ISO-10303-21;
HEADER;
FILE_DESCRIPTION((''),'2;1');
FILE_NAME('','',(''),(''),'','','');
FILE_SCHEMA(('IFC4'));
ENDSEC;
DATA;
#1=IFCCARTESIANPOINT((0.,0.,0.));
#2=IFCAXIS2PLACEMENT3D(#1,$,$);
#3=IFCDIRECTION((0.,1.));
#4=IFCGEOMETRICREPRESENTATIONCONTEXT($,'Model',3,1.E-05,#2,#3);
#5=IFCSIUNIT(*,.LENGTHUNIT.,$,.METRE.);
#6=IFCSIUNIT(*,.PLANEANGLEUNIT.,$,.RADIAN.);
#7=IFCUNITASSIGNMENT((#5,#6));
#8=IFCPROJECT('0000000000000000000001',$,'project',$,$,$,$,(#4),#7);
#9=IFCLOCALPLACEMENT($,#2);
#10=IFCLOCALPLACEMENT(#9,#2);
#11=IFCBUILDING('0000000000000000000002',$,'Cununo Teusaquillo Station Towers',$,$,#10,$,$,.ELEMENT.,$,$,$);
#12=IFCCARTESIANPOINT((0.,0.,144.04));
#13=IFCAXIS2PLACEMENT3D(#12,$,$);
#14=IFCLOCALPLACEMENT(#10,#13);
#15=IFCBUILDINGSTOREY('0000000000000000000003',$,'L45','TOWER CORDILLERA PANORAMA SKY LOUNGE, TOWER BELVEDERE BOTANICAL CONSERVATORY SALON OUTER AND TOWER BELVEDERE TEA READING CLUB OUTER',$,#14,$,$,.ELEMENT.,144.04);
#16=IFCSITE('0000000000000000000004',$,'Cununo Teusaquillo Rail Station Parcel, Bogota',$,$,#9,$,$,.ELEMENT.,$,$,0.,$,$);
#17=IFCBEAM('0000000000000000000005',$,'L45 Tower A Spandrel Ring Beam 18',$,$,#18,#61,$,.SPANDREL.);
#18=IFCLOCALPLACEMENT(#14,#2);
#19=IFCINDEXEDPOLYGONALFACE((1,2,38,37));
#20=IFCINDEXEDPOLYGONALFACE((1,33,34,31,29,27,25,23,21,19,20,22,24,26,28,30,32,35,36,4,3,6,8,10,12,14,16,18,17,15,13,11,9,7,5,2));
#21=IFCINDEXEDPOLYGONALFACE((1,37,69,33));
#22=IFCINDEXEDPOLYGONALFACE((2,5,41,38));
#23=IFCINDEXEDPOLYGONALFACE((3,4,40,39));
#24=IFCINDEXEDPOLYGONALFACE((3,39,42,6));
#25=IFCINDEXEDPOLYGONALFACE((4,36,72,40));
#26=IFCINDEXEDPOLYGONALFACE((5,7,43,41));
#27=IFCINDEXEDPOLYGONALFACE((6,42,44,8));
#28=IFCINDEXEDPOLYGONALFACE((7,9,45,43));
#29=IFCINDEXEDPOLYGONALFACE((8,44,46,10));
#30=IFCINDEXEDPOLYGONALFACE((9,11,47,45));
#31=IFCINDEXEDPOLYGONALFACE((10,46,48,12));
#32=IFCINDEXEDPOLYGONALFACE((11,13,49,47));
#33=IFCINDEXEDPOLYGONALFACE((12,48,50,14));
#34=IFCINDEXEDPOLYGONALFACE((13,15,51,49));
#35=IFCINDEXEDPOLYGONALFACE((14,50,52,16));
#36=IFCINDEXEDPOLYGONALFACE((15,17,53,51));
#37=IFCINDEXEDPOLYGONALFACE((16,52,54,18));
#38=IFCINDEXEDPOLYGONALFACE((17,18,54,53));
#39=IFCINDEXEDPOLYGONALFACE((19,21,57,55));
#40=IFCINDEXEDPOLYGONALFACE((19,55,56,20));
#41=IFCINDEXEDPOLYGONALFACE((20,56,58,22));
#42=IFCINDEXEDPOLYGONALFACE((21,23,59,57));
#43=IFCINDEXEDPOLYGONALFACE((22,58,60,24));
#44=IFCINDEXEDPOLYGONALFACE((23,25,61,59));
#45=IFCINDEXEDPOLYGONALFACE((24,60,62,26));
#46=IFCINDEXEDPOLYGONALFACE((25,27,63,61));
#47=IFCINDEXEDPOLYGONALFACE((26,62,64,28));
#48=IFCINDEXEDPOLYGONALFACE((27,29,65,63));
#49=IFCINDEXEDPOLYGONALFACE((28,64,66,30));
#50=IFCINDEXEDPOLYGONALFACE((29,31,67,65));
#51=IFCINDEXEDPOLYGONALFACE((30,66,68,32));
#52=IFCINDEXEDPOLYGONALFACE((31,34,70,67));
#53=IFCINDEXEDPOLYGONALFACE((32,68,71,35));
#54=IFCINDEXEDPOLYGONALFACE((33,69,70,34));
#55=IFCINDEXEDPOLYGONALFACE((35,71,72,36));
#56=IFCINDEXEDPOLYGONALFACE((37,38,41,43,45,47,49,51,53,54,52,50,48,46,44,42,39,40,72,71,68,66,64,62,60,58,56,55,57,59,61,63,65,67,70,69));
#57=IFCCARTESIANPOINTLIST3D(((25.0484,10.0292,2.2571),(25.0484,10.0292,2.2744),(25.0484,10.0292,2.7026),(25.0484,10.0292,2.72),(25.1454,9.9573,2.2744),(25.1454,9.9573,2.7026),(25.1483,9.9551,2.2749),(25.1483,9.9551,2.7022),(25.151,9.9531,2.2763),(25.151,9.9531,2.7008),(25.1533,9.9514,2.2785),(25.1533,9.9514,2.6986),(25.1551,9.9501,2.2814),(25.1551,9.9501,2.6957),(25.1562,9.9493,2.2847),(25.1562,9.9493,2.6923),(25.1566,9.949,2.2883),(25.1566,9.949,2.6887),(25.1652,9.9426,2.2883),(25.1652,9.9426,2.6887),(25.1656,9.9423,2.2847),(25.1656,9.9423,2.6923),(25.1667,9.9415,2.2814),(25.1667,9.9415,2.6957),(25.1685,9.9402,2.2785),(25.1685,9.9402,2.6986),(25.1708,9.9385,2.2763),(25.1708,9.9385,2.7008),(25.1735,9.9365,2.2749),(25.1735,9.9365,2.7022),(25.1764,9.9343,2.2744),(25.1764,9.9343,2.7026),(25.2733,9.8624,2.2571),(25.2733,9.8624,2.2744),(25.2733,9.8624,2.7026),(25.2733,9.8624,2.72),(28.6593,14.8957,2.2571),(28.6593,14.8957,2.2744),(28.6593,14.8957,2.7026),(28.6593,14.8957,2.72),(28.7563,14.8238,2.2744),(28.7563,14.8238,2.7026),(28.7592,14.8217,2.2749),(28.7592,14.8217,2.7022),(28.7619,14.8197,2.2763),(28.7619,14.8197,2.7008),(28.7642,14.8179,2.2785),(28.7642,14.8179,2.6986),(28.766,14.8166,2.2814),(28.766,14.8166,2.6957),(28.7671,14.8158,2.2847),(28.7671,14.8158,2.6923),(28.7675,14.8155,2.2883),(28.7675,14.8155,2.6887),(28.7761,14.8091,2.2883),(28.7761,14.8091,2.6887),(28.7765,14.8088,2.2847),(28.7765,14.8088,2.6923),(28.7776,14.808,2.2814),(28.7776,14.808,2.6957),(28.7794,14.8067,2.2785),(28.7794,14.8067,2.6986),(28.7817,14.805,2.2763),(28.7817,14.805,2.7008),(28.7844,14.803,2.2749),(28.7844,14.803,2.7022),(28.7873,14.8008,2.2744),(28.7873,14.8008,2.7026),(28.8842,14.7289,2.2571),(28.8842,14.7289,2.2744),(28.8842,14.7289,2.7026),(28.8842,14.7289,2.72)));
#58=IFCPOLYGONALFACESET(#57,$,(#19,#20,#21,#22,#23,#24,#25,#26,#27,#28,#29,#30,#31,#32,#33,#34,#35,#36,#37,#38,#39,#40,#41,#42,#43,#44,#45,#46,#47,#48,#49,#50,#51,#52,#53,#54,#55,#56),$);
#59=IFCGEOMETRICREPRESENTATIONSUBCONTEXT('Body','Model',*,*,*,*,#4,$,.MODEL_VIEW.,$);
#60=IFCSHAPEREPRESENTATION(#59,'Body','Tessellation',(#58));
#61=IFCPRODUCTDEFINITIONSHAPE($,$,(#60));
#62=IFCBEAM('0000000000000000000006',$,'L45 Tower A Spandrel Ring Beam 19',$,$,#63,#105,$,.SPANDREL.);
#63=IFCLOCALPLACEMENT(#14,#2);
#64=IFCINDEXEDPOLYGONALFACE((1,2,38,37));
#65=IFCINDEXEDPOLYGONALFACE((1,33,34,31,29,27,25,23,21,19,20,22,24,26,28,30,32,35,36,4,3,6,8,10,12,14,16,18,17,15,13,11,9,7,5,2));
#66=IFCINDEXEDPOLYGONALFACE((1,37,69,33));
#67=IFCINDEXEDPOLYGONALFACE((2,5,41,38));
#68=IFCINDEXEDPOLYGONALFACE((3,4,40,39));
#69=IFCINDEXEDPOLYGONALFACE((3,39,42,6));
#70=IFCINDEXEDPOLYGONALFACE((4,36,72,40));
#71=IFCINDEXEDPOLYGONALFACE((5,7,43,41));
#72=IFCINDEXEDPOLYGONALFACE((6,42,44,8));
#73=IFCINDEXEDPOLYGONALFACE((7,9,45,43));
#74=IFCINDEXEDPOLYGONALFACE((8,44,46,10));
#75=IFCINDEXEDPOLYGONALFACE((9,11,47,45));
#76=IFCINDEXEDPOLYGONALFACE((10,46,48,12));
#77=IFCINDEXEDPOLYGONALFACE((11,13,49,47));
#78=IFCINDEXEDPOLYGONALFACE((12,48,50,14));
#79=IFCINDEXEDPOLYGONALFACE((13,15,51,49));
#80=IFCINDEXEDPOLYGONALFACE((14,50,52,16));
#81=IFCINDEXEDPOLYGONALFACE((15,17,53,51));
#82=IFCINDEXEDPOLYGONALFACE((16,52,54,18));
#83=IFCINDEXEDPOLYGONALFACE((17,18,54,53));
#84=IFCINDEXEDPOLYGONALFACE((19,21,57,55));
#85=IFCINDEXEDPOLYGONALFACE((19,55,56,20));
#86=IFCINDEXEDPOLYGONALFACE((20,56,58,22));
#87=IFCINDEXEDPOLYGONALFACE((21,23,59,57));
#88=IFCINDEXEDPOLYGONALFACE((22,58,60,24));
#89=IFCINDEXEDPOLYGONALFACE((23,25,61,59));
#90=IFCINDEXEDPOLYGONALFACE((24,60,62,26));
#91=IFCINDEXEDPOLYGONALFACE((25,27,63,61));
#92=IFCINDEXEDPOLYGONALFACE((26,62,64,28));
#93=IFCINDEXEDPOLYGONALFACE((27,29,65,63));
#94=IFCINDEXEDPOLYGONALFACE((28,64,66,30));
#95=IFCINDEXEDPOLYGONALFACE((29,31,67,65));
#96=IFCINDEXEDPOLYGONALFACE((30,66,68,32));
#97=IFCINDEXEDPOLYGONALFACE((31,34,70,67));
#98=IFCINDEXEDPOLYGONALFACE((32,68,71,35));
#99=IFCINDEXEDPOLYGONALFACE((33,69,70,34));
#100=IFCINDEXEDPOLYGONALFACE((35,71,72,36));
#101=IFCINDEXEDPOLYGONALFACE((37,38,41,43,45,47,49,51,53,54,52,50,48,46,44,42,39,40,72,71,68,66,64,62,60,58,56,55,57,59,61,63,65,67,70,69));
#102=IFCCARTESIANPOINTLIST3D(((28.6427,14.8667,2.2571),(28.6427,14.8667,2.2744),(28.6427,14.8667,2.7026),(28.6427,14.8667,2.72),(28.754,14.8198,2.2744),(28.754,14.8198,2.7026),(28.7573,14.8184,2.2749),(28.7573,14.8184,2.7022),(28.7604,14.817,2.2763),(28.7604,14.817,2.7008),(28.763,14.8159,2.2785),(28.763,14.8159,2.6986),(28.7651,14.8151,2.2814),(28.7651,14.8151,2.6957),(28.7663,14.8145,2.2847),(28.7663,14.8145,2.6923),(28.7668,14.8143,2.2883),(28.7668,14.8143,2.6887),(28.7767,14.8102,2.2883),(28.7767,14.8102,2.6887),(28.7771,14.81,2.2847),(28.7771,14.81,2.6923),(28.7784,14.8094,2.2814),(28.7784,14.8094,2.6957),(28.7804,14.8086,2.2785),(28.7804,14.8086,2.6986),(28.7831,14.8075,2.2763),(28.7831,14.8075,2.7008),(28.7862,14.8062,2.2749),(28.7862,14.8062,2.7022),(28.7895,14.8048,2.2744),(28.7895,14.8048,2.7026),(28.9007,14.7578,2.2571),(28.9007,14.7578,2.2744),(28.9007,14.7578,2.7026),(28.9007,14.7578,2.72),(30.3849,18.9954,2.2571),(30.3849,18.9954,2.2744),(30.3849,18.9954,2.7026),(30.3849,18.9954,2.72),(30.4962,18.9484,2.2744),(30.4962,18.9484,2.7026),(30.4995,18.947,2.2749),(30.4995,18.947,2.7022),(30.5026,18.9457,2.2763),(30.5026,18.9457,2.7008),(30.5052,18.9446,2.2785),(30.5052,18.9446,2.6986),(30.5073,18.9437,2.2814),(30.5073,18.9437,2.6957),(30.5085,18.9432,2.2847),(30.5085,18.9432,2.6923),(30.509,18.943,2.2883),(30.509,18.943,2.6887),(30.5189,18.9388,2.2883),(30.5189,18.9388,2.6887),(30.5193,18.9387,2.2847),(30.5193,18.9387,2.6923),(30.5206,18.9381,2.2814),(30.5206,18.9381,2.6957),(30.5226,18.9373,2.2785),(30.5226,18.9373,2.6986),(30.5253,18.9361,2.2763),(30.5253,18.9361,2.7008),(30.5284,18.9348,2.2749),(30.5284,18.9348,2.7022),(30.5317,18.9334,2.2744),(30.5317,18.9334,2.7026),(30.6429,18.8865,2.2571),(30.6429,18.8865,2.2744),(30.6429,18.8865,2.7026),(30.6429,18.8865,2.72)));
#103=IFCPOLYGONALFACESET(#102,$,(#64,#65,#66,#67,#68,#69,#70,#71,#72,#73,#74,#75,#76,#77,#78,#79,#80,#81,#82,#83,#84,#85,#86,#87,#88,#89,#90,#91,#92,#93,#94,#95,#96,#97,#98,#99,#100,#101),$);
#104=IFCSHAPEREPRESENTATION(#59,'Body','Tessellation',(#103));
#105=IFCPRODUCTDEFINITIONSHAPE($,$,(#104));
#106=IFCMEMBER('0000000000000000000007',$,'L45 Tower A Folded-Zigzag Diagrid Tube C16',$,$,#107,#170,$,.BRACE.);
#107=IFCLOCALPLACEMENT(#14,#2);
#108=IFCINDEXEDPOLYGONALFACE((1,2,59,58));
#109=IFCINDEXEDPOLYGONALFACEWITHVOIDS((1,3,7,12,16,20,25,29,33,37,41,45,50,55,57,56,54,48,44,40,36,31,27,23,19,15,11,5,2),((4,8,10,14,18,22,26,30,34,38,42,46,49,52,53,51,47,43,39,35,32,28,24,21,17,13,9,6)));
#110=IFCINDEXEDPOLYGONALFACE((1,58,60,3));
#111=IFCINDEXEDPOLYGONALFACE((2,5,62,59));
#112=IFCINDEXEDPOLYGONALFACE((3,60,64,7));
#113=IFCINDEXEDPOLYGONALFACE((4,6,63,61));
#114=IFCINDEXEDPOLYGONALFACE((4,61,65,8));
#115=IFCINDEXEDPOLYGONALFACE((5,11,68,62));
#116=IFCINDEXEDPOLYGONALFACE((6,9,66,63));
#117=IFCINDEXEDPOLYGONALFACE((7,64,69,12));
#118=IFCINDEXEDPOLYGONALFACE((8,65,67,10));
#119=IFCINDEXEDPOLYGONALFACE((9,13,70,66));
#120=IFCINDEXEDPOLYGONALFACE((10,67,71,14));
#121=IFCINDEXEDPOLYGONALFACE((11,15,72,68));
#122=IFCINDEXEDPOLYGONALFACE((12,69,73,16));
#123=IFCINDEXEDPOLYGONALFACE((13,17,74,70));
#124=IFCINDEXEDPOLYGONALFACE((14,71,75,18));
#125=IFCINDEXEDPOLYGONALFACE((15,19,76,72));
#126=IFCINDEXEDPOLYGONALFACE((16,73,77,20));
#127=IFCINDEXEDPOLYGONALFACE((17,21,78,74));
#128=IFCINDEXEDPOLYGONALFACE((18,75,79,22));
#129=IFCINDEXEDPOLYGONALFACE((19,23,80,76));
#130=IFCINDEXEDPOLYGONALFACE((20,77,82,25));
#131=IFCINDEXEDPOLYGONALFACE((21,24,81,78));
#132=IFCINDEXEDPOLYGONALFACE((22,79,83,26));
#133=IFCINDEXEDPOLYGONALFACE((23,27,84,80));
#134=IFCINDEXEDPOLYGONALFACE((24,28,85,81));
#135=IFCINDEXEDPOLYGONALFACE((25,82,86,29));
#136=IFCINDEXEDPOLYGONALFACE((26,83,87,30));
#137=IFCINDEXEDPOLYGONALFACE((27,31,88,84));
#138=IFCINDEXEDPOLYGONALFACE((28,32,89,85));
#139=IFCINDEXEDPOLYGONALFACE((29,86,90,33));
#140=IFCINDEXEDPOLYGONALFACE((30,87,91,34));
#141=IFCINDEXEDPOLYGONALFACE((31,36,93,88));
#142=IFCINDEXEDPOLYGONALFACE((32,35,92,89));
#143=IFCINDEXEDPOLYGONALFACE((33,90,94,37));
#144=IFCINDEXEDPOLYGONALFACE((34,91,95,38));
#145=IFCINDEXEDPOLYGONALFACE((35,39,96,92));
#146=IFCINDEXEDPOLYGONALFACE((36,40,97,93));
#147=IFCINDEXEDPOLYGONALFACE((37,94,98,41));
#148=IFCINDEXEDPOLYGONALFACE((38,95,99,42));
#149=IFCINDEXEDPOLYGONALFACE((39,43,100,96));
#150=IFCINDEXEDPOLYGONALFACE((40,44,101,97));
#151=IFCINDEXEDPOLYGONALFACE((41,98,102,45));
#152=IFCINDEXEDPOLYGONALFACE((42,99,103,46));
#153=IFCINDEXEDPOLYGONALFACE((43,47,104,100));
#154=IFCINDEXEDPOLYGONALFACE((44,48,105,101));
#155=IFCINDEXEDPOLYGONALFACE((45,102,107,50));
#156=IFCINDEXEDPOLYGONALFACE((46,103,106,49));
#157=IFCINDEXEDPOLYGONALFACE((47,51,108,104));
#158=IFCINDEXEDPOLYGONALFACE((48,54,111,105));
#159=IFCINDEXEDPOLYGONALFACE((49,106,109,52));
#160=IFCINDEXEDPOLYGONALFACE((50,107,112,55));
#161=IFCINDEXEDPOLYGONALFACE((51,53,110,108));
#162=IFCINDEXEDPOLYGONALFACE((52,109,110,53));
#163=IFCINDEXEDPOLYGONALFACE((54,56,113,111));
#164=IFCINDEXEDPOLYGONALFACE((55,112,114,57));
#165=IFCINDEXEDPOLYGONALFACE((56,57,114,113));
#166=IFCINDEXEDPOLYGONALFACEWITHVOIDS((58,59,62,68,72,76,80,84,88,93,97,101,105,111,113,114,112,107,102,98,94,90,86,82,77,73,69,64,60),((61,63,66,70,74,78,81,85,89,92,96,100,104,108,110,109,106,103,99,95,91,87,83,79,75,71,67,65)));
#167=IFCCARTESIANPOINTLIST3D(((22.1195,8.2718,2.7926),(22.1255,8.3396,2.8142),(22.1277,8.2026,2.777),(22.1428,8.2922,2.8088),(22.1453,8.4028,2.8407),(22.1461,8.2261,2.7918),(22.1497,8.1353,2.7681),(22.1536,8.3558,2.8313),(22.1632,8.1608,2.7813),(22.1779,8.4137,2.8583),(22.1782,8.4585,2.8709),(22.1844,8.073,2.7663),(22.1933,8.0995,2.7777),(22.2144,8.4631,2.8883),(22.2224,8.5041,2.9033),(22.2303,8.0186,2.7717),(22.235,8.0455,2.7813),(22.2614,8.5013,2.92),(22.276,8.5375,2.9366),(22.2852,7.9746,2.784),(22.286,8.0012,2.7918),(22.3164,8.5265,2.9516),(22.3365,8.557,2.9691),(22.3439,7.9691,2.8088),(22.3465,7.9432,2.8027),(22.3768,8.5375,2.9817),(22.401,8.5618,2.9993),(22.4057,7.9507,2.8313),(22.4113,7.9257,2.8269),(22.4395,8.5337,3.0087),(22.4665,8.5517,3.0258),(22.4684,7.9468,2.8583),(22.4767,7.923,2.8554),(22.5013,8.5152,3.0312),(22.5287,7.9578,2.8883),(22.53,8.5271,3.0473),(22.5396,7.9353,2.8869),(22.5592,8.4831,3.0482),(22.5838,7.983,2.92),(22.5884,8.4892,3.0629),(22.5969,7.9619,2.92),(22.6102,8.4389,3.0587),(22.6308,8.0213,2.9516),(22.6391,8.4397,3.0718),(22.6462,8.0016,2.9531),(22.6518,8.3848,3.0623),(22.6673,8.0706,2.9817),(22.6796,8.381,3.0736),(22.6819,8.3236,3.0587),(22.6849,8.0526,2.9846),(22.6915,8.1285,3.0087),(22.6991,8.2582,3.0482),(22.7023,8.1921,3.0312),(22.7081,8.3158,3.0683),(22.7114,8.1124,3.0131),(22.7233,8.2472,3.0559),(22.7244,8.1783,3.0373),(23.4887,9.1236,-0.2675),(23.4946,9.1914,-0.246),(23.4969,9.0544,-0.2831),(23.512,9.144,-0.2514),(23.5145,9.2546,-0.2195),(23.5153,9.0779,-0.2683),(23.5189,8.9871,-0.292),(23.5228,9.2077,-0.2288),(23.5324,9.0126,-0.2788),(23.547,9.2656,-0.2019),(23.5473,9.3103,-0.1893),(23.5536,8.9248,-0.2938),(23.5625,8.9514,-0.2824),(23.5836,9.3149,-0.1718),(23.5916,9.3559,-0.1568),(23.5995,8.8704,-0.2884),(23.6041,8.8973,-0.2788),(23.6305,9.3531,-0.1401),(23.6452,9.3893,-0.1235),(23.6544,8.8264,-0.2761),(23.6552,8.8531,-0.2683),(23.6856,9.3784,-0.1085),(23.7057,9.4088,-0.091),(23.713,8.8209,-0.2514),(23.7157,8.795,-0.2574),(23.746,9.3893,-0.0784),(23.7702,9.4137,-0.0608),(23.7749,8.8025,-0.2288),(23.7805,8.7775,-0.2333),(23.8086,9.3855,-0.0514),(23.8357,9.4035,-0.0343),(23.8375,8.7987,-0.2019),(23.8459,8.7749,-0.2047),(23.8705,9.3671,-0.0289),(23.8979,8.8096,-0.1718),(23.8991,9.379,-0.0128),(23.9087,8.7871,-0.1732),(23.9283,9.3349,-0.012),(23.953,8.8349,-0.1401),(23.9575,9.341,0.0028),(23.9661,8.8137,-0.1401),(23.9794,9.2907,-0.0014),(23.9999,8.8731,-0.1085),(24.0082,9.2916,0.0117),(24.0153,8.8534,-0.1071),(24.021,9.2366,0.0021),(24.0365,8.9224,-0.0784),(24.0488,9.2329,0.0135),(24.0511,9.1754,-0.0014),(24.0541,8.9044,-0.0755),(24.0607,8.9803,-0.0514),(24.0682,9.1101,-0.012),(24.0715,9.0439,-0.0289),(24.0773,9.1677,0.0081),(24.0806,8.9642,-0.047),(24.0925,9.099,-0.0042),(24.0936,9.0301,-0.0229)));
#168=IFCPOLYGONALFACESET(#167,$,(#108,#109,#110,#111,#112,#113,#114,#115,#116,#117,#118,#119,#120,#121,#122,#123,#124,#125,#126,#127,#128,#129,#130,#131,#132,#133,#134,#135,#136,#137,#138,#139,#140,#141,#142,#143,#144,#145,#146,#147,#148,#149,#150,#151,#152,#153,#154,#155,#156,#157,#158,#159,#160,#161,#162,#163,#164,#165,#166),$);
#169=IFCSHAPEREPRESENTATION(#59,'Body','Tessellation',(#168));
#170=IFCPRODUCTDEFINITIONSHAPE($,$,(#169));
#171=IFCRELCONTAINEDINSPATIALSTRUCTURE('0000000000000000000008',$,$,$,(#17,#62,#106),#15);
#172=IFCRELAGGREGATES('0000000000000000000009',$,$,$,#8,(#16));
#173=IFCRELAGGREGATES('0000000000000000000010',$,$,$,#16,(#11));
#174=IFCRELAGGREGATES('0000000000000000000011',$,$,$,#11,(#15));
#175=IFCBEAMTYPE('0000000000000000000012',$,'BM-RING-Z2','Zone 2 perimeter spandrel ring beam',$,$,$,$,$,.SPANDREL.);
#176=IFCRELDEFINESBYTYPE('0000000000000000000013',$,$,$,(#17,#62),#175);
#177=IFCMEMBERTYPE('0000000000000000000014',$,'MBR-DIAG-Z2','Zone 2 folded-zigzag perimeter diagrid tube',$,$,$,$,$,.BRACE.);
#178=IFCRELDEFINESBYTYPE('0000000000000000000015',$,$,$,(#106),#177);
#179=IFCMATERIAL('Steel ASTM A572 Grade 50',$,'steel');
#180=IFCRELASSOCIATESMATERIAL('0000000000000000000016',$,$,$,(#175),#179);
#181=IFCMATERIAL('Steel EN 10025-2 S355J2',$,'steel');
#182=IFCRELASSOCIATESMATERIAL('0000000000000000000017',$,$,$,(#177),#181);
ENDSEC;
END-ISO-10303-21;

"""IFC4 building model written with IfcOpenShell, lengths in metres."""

from ifc_helpers import new_model, si_unit, direction, frame, origin, origin_2d, place, context, subcontext, project, spatial, hollow_circle, i_section, extrude, material, material_profile, profile_set, type_object, element, save


model = new_model("IFC4")

# Units and contexts
model_context = context("Model", 3, precision=1e-05, world=origin(), true_north=direction((0.0, 1.0)))
body_context = subcontext(model_context, "Body", "Model", "MODEL_VIEW")
ifc_project = project(units=[si_unit("LENGTHUNIT", "METRE"), si_unit("PLANEANGLEUNIT", "RADIAN")], contexts=[model_context])

# Site, building, storey
site_placement = place(None, origin())
site = spatial("IfcSite", under=ifc_project, at=site_placement, Name="Cununo Teusaquillo Rail Station Parcel, Bogota", CompositionType="ELEMENT", RefElevation=0.0)
building_placement = place(site_placement, origin())
building = spatial("IfcBuilding", under=site, at=building_placement, Name="Cununo Teusaquillo Station Towers", CompositionType="ELEMENT")
storey_placement = place(building_placement, frame((0.0, 0.0, 144.04)))
storey = spatial("IfcBuildingStorey", under=building, at=storey_placement, Name="L45", Description="TOWER CORDILLERA PANORAMA SKY LOUNGE, TOWER BELVEDERE BOTANICAL CONSERVATORY SALON OUTER AND TOWER BELVEDERE TEA READING CLUB OUTER", CompositionType="ELEMENT", Elevation=144.04)

# Beams
ifc_material_1 = material(Name="Steel ASTM A572 Grade 50", Category="steel")
ifc_material_profile_1 = material_profile(ifc_material_1, i_section(OverallWidth=0.28, OverallDepth=0.4629, WebThickness=0.0107, FlangeThickness=0.0173, FilletRadius=0.0139, at=origin_2d()), Name="W18X76")
ifc_profile_set_1 = profile_set([ifc_material_profile_1], Name="Steel ASTM A572 Grade 50")
beam_type = type_object("IfcBeamType", Name="BM-RING-Z2", Description="Zone 2 perimeter spandrel ring beam", PredefinedType="SPANDREL", material=ifc_profile_set_1)
beam_1_placement = place(storey_placement, frame((25.1609, 9.9458, 2.4885), z_axis=(0.595873, 0.803079, 0.0), x_axis=(-0.803079, 0.595873, 0.0)))
element("IfcBeam", 1, at=beam_1_placement, inside=storey, type_object=beam_type, Name="L45 Tower A Spandrel Ring Beam 18", PredefinedType="SPANDREL", context=body_context, shape_type="SweptSolid", body=[
    extrude(i_section(OverallWidth=0.28, OverallDepth=0.4629, WebThickness=0.0107, FlangeThickness=0.0173, FilletRadius=0.0139, at=origin_2d()), origin(), (0.0, 0.0, 1.0), 6.0598),
])
beam_2_placement = place(storey_placement, frame((28.7717, 14.8123, 2.4885), z_axis=(0.388778, 0.921332, 0.0), x_axis=(-0.921332, 0.388778, 0.0)))
element("IfcBeam", 2, at=beam_2_placement, inside=storey, type_object=beam_type, Name="L45 Tower A Spandrel Ring Beam 19", PredefinedType="SPANDREL", context=body_context, shape_type="SweptSolid", body=[
    extrude(i_section(OverallWidth=0.28, OverallDepth=0.4629, WebThickness=0.0107, FlangeThickness=0.0173, FilletRadius=0.0139, at=origin_2d()), origin(), (0.0, 0.0, 1.0), 4.4812),
])

# Member
ifc_material_2 = material(Name="Steel EN 10025-2 S355J2", Category="steel")
ifc_material_profile_2 = material_profile(ifc_material_2, hollow_circle(Radius=0.3301, WallThickness=0.0249, at=origin_2d()), Name="CHS 660x25")
ifc_profile_set_2 = profile_set([ifc_material_profile_2], Name="Steel EN 10025-2 S355J2")
member_type = type_object("IfcMemberType", Name="MBR-DIAG-Z2", Description="Zone 2 folded-zigzag perimeter diagrid tube", PredefinedType="BRACE", material=ifc_profile_set_2)
member_1_placement = place(storey_placement, frame((23.7917, 9.094, -0.1401), z_axis=(-0.39583, -0.246264, 0.884688), x_axis=(0.528256, -0.849085, 0.0)))
element("IfcMember", 3, at=member_1_placement, inside=storey, type_object=member_type, Name="L45 Tower A Folded-Zigzag Diagrid Tube C16", PredefinedType="BRACE", context=body_context, shape_type="SweptSolid", body=[
    extrude(hollow_circle(Radius=0.3301, WallThickness=0.0249, at=origin_2d()), origin(), (0.0, 0.0, 1.0), 3.459),
])

save(model, "model.ifc")
